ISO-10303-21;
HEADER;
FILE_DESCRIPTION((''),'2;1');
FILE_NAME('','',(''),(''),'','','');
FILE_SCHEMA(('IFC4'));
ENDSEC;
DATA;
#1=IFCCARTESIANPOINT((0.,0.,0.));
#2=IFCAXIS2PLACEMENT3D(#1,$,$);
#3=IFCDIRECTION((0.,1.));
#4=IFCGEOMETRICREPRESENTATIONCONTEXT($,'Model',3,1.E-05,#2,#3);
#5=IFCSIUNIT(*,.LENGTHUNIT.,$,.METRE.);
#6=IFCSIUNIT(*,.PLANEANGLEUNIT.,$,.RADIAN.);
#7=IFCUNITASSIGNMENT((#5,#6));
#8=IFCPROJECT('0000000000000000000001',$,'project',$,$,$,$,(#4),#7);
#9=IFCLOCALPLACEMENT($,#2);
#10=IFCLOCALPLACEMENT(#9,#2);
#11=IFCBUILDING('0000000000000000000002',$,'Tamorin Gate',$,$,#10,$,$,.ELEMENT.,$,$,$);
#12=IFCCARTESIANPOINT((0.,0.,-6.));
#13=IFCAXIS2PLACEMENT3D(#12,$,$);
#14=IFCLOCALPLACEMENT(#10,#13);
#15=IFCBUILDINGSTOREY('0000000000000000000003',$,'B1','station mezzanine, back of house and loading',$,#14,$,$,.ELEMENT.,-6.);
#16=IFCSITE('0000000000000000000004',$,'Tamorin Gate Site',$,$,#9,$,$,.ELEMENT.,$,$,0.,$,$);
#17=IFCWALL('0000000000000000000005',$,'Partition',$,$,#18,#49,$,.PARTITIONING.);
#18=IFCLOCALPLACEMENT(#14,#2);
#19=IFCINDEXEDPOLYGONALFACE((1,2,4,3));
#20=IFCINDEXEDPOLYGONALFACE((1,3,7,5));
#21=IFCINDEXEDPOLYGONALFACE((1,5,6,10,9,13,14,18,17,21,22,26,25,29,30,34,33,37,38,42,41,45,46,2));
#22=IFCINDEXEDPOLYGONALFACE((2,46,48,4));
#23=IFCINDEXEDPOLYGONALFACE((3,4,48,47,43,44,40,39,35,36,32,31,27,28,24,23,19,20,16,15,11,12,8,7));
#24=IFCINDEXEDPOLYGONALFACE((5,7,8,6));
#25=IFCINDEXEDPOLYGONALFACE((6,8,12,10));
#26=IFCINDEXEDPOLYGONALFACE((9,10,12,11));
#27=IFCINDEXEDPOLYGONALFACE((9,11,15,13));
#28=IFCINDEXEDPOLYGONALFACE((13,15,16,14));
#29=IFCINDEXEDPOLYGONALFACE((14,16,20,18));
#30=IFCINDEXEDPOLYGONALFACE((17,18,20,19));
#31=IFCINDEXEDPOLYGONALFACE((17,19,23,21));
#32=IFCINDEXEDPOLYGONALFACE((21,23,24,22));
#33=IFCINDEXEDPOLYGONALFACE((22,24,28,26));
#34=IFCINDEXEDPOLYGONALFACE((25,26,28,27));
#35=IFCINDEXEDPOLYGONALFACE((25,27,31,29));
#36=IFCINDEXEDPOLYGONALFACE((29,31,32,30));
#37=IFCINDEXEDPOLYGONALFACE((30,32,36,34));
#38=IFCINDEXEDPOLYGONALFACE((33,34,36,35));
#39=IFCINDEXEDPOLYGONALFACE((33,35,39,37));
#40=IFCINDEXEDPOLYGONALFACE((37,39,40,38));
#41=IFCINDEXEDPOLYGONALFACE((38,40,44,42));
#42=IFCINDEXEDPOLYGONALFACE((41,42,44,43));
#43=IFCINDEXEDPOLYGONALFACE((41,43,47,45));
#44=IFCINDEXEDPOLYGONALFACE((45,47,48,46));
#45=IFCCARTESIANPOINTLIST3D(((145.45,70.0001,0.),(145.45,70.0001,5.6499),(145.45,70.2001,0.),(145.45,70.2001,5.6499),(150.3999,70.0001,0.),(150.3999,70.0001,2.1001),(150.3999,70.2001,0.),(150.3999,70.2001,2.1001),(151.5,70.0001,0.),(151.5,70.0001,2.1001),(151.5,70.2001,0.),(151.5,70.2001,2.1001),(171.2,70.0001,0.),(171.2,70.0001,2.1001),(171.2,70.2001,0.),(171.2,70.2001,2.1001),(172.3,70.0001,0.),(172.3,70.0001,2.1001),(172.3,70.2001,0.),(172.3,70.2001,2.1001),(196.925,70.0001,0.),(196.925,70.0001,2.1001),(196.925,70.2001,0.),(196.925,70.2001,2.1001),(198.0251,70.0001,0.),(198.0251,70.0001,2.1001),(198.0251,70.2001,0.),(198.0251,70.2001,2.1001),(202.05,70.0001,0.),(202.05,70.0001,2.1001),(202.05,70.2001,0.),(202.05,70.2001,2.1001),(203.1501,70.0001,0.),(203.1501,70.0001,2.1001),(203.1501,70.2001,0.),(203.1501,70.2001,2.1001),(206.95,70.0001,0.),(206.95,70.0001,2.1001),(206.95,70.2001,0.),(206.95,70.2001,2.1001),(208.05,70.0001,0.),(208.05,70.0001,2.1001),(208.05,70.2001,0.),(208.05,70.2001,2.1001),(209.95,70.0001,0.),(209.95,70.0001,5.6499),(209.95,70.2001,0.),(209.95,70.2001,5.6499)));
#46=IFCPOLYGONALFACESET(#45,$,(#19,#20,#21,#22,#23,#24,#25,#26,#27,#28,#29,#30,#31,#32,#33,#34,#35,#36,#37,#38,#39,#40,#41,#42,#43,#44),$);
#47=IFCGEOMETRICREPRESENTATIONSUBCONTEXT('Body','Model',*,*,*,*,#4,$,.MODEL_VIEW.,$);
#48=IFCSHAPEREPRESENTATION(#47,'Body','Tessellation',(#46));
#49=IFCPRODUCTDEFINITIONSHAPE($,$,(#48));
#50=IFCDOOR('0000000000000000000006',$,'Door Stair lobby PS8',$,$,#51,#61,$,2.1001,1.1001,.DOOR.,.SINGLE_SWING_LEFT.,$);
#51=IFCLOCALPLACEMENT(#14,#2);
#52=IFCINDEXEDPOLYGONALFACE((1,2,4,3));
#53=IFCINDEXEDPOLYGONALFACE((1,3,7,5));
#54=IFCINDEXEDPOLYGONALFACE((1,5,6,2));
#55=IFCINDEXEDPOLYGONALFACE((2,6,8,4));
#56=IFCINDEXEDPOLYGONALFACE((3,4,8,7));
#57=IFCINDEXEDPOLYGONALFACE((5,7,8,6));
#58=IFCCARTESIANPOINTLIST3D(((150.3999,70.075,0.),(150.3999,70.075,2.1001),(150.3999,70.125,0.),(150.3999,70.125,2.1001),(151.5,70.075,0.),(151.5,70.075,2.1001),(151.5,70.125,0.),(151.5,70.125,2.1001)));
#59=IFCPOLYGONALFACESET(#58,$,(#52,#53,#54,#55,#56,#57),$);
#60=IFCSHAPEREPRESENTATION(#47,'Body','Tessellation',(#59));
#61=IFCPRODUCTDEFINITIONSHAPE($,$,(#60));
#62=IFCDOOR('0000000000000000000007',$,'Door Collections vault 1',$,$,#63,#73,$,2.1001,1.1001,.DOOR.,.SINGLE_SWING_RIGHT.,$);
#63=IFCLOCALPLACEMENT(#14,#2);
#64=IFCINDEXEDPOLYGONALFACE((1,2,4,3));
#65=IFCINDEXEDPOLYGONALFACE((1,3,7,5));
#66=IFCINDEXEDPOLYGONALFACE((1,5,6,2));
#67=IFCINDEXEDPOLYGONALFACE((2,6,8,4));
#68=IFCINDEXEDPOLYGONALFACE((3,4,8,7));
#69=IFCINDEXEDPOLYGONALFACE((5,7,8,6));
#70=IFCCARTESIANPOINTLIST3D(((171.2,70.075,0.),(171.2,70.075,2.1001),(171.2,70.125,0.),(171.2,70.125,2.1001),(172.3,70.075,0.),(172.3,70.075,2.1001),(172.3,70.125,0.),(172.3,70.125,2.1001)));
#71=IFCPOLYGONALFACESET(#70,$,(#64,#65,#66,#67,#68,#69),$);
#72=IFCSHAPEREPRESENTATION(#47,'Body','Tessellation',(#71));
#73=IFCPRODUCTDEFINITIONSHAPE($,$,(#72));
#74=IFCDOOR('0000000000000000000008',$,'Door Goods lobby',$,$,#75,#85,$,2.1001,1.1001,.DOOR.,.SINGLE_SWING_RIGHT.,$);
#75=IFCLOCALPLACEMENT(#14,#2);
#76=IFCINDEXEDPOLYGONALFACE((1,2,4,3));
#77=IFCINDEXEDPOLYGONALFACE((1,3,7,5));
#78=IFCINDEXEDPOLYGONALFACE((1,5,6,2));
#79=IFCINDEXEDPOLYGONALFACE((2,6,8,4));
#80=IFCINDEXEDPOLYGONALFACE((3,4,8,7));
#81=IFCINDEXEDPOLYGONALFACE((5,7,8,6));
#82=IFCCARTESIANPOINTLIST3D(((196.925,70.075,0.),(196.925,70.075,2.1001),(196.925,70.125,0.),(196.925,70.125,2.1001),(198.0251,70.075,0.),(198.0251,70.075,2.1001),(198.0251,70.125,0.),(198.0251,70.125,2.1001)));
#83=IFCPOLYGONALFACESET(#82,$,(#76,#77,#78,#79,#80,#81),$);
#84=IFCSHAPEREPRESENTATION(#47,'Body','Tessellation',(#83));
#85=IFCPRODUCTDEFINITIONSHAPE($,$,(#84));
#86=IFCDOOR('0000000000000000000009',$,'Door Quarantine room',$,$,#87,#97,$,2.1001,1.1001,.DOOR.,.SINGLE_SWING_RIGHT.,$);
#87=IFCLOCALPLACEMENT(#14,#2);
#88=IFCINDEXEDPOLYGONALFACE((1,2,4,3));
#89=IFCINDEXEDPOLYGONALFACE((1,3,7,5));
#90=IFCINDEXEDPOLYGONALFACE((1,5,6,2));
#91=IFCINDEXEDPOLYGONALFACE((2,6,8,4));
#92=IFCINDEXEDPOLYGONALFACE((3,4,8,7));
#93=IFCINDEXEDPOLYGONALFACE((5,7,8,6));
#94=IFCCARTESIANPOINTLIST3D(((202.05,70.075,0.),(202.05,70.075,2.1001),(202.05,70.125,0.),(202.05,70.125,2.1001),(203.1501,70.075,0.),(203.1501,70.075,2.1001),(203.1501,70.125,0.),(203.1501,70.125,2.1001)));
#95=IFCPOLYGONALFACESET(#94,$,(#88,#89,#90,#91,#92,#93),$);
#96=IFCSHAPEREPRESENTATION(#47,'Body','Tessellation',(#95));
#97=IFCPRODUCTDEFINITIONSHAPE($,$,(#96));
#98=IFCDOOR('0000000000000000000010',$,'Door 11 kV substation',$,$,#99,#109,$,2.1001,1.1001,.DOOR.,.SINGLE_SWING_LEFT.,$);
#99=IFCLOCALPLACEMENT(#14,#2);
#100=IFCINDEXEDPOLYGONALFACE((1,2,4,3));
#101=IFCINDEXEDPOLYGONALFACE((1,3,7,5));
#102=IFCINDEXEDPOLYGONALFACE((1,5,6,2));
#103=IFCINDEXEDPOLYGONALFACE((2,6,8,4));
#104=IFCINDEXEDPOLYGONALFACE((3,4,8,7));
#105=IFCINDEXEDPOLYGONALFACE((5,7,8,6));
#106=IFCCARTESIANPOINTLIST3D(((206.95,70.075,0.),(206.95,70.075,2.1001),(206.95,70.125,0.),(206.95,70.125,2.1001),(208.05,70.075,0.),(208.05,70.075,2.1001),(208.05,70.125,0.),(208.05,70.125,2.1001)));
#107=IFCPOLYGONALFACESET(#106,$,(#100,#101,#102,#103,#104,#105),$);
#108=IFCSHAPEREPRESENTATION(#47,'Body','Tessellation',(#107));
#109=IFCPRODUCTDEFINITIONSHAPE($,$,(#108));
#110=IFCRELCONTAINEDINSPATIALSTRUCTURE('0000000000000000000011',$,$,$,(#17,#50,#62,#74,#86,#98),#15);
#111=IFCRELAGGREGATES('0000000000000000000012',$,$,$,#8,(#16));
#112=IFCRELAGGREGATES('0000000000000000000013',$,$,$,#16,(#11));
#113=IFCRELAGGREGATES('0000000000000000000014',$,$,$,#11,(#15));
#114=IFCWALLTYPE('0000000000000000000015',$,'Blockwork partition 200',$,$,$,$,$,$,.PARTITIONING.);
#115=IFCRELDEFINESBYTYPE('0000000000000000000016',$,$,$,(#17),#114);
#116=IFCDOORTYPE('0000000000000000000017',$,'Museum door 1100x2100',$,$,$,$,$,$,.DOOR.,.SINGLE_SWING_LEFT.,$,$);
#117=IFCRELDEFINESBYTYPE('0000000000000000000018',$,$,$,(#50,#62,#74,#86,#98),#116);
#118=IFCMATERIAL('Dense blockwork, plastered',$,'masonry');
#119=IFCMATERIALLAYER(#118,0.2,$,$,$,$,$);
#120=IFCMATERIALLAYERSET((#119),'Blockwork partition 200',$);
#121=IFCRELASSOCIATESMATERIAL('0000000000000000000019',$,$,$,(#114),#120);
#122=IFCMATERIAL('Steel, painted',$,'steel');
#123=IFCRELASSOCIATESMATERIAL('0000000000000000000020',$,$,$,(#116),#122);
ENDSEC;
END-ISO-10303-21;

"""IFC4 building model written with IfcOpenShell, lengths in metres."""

from ifc_helpers import new_model, si_unit, direction, frame, frame_2d, origin, place, context, subcontext, project, spatial, rectangle, extrude, material, layer, layer_set, type_object, element, fill, save


model = new_model("IFC4")

# Units and contexts
model_context = context("Model", 3, precision=1e-05, world=origin(), true_north=direction((0.0, 1.0)))
body_context = subcontext(model_context, "Body", "Model", "MODEL_VIEW")
ifc_project = project(units=[si_unit("LENGTHUNIT", "METRE"), si_unit("PLANEANGLEUNIT", "RADIAN")], contexts=[model_context])

# Site, building, storey
site_placement = place(None, origin())
site = spatial("IfcSite", under=ifc_project, at=site_placement, Name="Tamorin Gate Site", CompositionType="ELEMENT", RefElevation=0.0)
building_placement = place(site_placement, origin())
building = spatial("IfcBuilding", under=site, at=building_placement, Name="Tamorin Gate", CompositionType="ELEMENT")
storey_placement = place(building_placement, frame((0.0, 0.0, -6.0)))
storey = spatial("IfcBuildingStorey", under=building, at=storey_placement, Name="B1", Description="station mezzanine, back of house and loading", CompositionType="ELEMENT", Elevation=-6.0)

# Wall, openings, doors
ifc_material_1 = material(Name="Dense blockwork, plastered", Category="masonry")
ifc_layer_1 = layer(ifc_material_1, 0.2)
ifc_layer_set_1 = layer_set([ifc_layer_1], Name="Blockwork partition 200")
wall_type_1 = type_object("IfcWallType", Name="Blockwork partition 200", PredefinedType="PARTITIONING", material=ifc_layer_set_1)
wall_1_placement = place(storey_placement, frame((145.45, 70.1001, 0.0), z_axis=(0.0, 0.0, 1.0), x_axis=(1.0, 0.0, 0.0)))
wall_1 = element("IfcWall", 1, at=wall_1_placement, inside=storey, type_object=wall_type_1, Name="Partition", PredefinedType="PARTITIONING", context=body_context, shape_type="SweptSolid", body=[
    extrude(rectangle(XDim=64.5, YDim=0.2, at=frame_2d((32.25, 0.0))), origin(), (0.0, 0.0, 1.0), 5.6499),
])
opening_1_placement = place(wall_1_placement, frame((4.95, 0.0, 0.0)))
opening_1 = element("IfcOpeningElement", 2, at=opening_1_placement, cuts=wall_1, PredefinedType="OPENING", context=body_context, shape_type="SweptSolid", body=[
    extrude(rectangle(XDim=1.1001, YDim=2.1001, at=frame_2d((0.55, 1.05))), frame((0.0, 0.1099, 0.0), z_axis=(0.0, -1.0, 0.0), x_axis=(1.0, 0.0, 0.0)), (0.0, 0.0, 1.0), 0.22),
])
opening_2_placement = place(wall_1_placement, frame((25.75, 0.0, 0.0)))
opening_2 = element("IfcOpeningElement", 3, at=opening_2_placement, cuts=wall_1, PredefinedType="OPENING", context=body_context, shape_type="SweptSolid", body=[
    extrude(rectangle(XDim=1.1001, YDim=2.1001, at=frame_2d((0.55, 1.05))), frame((0.0, 0.1099, 0.0), z_axis=(0.0, -1.0, 0.0), x_axis=(1.0, 0.0, 0.0)), (0.0, 0.0, 1.0), 0.22),
])
opening_3_placement = place(wall_1_placement, frame((51.4751, 0.0, 0.0)))
opening_3 = element("IfcOpeningElement", 4, at=opening_3_placement, cuts=wall_1, PredefinedType="OPENING", context=body_context, shape_type="SweptSolid", body=[
    extrude(rectangle(XDim=1.1001, YDim=2.1001, at=frame_2d((0.55, 1.05))), frame((0.0, 0.1099, 0.0), z_axis=(0.0, -1.0, 0.0), x_axis=(1.0, 0.0, 0.0)), (0.0, 0.0, 1.0), 0.22),
])
opening_4_placement = place(wall_1_placement, frame((56.6001, 0.0, 0.0)))
opening_4 = element("IfcOpeningElement", 5, at=opening_4_placement, cuts=wall_1, PredefinedType="OPENING", context=body_context, shape_type="SweptSolid", body=[
    extrude(rectangle(XDim=1.1001, YDim=2.1001, at=frame_2d((0.55, 1.05))), frame((0.0, 0.1099, 0.0), z_axis=(0.0, -1.0, 0.0), x_axis=(1.0, 0.0, 0.0)), (0.0, 0.0, 1.0), 0.22),
])
opening_5_placement = place(wall_1_placement, frame((61.5, 0.0, 0.0)))
opening_5 = element("IfcOpeningElement", 6, at=opening_5_placement, cuts=wall_1, PredefinedType="OPENING", context=body_context, shape_type="SweptSolid", body=[
    extrude(rectangle(XDim=1.1001, YDim=2.1001, at=frame_2d((0.55, 1.05))), frame((0.0, 0.1099, 0.0), z_axis=(0.0, -1.0, 0.0), x_axis=(1.0, 0.0, 0.0)), (0.0, 0.0, 1.0), 0.22),
])
ifc_material_2 = material(Name="Steel, painted", Category="steel")
door_type = type_object("IfcDoorType", Name="Museum door 1100x2100", OperationType="SINGLE_SWING_LEFT", PredefinedType="DOOR", material=ifc_material_2)
door_1_placement = place(opening_1_placement, origin())
door_1 = element("IfcDoor", 7, at=door_1_placement, inside=storey, type_object=door_type, Name="Door Stair lobby PS8", OperationType="SINGLE_SWING_LEFT", OverallHeight=2.1001, OverallWidth=1.1001, PredefinedType="DOOR", context=body_context, shape_type="SweptSolid", body=[
    extrude(rectangle(XDim=1.1001, YDim=2.1001, at=frame_2d((0.55, 1.05))), frame((0.0, 0.0249, 0.0), z_axis=(0.0, -1.0, 0.0), x_axis=(1.0, 0.0, 0.0)), (0.0, 0.0, 1.0), 0.05),
])
fill(opening_1, door_1)
door_2_placement = place(opening_2_placement, origin())
door_2 = element("IfcDoor", 8, at=door_2_placement, inside=storey, type_object=door_type, Name="Door Collections vault 1", OperationType="SINGLE_SWING_RIGHT", OverallHeight=2.1001, OverallWidth=1.1001, PredefinedType="DOOR", context=body_context, shape_type="SweptSolid", body=[
    extrude(rectangle(XDim=1.1001, YDim=2.1001, at=frame_2d((0.55, 1.05))), frame((0.0, 0.0249, 0.0), z_axis=(0.0, -1.0, 0.0), x_axis=(1.0, 0.0, 0.0)), (0.0, 0.0, 1.0), 0.05),
])
fill(opening_2, door_2)
door_3_placement = place(opening_3_placement, origin())
door_3 = element("IfcDoor", 9, at=door_3_placement, inside=storey, type_object=door_type, Name="Door Goods lobby", OperationType="SINGLE_SWING_RIGHT", OverallHeight=2.1001, OverallWidth=1.1001, PredefinedType="DOOR", context=body_context, shape_type="SweptSolid", body=[
    extrude(rectangle(XDim=1.1001, YDim=2.1001, at=frame_2d((0.55, 1.05))), frame((0.0, 0.0249, 0.0), z_axis=(0.0, -1.0, 0.0), x_axis=(1.0, 0.0, 0.0)), (0.0, 0.0, 1.0), 0.05),
])
fill(opening_3, door_3)
door_4_placement = place(opening_4_placement, origin())
door_4 = element("IfcDoor", 10, at=door_4_placement, inside=storey, type_object=door_type, Name="Door Quarantine room", OperationType="SINGLE_SWING_RIGHT", OverallHeight=2.1001, OverallWidth=1.1001, PredefinedType="DOOR", context=body_context, shape_type="SweptSolid", body=[
    extrude(rectangle(XDim=1.1001, YDim=2.1001, at=frame_2d((0.55, 1.05))), frame((0.0, 0.0249, 0.0), z_axis=(0.0, -1.0, 0.0), x_axis=(1.0, 0.0, 0.0)), (0.0, 0.0, 1.0), 0.05),
])
fill(opening_4, door_4)
door_5_placement = place(opening_5_placement, origin())
door_5 = element("IfcDoor", 11, at=door_5_placement, inside=storey, type_object=door_type, Name="Door 11 kV substation", OperationType="SINGLE_SWING_LEFT", OverallHeight=2.1001, OverallWidth=1.1001, PredefinedType="DOOR", context=body_context, shape_type="SweptSolid", body=[
    extrude(rectangle(XDim=1.1001, YDim=2.1001, at=frame_2d((0.55, 1.05))), frame((0.0, 0.0249, 0.0), z_axis=(0.0, -1.0, 0.0), x_axis=(1.0, 0.0, 0.0)), (0.0, 0.0, 1.0), 0.05),
])
fill(opening_5, door_5)

save(model, "model.ifc")
